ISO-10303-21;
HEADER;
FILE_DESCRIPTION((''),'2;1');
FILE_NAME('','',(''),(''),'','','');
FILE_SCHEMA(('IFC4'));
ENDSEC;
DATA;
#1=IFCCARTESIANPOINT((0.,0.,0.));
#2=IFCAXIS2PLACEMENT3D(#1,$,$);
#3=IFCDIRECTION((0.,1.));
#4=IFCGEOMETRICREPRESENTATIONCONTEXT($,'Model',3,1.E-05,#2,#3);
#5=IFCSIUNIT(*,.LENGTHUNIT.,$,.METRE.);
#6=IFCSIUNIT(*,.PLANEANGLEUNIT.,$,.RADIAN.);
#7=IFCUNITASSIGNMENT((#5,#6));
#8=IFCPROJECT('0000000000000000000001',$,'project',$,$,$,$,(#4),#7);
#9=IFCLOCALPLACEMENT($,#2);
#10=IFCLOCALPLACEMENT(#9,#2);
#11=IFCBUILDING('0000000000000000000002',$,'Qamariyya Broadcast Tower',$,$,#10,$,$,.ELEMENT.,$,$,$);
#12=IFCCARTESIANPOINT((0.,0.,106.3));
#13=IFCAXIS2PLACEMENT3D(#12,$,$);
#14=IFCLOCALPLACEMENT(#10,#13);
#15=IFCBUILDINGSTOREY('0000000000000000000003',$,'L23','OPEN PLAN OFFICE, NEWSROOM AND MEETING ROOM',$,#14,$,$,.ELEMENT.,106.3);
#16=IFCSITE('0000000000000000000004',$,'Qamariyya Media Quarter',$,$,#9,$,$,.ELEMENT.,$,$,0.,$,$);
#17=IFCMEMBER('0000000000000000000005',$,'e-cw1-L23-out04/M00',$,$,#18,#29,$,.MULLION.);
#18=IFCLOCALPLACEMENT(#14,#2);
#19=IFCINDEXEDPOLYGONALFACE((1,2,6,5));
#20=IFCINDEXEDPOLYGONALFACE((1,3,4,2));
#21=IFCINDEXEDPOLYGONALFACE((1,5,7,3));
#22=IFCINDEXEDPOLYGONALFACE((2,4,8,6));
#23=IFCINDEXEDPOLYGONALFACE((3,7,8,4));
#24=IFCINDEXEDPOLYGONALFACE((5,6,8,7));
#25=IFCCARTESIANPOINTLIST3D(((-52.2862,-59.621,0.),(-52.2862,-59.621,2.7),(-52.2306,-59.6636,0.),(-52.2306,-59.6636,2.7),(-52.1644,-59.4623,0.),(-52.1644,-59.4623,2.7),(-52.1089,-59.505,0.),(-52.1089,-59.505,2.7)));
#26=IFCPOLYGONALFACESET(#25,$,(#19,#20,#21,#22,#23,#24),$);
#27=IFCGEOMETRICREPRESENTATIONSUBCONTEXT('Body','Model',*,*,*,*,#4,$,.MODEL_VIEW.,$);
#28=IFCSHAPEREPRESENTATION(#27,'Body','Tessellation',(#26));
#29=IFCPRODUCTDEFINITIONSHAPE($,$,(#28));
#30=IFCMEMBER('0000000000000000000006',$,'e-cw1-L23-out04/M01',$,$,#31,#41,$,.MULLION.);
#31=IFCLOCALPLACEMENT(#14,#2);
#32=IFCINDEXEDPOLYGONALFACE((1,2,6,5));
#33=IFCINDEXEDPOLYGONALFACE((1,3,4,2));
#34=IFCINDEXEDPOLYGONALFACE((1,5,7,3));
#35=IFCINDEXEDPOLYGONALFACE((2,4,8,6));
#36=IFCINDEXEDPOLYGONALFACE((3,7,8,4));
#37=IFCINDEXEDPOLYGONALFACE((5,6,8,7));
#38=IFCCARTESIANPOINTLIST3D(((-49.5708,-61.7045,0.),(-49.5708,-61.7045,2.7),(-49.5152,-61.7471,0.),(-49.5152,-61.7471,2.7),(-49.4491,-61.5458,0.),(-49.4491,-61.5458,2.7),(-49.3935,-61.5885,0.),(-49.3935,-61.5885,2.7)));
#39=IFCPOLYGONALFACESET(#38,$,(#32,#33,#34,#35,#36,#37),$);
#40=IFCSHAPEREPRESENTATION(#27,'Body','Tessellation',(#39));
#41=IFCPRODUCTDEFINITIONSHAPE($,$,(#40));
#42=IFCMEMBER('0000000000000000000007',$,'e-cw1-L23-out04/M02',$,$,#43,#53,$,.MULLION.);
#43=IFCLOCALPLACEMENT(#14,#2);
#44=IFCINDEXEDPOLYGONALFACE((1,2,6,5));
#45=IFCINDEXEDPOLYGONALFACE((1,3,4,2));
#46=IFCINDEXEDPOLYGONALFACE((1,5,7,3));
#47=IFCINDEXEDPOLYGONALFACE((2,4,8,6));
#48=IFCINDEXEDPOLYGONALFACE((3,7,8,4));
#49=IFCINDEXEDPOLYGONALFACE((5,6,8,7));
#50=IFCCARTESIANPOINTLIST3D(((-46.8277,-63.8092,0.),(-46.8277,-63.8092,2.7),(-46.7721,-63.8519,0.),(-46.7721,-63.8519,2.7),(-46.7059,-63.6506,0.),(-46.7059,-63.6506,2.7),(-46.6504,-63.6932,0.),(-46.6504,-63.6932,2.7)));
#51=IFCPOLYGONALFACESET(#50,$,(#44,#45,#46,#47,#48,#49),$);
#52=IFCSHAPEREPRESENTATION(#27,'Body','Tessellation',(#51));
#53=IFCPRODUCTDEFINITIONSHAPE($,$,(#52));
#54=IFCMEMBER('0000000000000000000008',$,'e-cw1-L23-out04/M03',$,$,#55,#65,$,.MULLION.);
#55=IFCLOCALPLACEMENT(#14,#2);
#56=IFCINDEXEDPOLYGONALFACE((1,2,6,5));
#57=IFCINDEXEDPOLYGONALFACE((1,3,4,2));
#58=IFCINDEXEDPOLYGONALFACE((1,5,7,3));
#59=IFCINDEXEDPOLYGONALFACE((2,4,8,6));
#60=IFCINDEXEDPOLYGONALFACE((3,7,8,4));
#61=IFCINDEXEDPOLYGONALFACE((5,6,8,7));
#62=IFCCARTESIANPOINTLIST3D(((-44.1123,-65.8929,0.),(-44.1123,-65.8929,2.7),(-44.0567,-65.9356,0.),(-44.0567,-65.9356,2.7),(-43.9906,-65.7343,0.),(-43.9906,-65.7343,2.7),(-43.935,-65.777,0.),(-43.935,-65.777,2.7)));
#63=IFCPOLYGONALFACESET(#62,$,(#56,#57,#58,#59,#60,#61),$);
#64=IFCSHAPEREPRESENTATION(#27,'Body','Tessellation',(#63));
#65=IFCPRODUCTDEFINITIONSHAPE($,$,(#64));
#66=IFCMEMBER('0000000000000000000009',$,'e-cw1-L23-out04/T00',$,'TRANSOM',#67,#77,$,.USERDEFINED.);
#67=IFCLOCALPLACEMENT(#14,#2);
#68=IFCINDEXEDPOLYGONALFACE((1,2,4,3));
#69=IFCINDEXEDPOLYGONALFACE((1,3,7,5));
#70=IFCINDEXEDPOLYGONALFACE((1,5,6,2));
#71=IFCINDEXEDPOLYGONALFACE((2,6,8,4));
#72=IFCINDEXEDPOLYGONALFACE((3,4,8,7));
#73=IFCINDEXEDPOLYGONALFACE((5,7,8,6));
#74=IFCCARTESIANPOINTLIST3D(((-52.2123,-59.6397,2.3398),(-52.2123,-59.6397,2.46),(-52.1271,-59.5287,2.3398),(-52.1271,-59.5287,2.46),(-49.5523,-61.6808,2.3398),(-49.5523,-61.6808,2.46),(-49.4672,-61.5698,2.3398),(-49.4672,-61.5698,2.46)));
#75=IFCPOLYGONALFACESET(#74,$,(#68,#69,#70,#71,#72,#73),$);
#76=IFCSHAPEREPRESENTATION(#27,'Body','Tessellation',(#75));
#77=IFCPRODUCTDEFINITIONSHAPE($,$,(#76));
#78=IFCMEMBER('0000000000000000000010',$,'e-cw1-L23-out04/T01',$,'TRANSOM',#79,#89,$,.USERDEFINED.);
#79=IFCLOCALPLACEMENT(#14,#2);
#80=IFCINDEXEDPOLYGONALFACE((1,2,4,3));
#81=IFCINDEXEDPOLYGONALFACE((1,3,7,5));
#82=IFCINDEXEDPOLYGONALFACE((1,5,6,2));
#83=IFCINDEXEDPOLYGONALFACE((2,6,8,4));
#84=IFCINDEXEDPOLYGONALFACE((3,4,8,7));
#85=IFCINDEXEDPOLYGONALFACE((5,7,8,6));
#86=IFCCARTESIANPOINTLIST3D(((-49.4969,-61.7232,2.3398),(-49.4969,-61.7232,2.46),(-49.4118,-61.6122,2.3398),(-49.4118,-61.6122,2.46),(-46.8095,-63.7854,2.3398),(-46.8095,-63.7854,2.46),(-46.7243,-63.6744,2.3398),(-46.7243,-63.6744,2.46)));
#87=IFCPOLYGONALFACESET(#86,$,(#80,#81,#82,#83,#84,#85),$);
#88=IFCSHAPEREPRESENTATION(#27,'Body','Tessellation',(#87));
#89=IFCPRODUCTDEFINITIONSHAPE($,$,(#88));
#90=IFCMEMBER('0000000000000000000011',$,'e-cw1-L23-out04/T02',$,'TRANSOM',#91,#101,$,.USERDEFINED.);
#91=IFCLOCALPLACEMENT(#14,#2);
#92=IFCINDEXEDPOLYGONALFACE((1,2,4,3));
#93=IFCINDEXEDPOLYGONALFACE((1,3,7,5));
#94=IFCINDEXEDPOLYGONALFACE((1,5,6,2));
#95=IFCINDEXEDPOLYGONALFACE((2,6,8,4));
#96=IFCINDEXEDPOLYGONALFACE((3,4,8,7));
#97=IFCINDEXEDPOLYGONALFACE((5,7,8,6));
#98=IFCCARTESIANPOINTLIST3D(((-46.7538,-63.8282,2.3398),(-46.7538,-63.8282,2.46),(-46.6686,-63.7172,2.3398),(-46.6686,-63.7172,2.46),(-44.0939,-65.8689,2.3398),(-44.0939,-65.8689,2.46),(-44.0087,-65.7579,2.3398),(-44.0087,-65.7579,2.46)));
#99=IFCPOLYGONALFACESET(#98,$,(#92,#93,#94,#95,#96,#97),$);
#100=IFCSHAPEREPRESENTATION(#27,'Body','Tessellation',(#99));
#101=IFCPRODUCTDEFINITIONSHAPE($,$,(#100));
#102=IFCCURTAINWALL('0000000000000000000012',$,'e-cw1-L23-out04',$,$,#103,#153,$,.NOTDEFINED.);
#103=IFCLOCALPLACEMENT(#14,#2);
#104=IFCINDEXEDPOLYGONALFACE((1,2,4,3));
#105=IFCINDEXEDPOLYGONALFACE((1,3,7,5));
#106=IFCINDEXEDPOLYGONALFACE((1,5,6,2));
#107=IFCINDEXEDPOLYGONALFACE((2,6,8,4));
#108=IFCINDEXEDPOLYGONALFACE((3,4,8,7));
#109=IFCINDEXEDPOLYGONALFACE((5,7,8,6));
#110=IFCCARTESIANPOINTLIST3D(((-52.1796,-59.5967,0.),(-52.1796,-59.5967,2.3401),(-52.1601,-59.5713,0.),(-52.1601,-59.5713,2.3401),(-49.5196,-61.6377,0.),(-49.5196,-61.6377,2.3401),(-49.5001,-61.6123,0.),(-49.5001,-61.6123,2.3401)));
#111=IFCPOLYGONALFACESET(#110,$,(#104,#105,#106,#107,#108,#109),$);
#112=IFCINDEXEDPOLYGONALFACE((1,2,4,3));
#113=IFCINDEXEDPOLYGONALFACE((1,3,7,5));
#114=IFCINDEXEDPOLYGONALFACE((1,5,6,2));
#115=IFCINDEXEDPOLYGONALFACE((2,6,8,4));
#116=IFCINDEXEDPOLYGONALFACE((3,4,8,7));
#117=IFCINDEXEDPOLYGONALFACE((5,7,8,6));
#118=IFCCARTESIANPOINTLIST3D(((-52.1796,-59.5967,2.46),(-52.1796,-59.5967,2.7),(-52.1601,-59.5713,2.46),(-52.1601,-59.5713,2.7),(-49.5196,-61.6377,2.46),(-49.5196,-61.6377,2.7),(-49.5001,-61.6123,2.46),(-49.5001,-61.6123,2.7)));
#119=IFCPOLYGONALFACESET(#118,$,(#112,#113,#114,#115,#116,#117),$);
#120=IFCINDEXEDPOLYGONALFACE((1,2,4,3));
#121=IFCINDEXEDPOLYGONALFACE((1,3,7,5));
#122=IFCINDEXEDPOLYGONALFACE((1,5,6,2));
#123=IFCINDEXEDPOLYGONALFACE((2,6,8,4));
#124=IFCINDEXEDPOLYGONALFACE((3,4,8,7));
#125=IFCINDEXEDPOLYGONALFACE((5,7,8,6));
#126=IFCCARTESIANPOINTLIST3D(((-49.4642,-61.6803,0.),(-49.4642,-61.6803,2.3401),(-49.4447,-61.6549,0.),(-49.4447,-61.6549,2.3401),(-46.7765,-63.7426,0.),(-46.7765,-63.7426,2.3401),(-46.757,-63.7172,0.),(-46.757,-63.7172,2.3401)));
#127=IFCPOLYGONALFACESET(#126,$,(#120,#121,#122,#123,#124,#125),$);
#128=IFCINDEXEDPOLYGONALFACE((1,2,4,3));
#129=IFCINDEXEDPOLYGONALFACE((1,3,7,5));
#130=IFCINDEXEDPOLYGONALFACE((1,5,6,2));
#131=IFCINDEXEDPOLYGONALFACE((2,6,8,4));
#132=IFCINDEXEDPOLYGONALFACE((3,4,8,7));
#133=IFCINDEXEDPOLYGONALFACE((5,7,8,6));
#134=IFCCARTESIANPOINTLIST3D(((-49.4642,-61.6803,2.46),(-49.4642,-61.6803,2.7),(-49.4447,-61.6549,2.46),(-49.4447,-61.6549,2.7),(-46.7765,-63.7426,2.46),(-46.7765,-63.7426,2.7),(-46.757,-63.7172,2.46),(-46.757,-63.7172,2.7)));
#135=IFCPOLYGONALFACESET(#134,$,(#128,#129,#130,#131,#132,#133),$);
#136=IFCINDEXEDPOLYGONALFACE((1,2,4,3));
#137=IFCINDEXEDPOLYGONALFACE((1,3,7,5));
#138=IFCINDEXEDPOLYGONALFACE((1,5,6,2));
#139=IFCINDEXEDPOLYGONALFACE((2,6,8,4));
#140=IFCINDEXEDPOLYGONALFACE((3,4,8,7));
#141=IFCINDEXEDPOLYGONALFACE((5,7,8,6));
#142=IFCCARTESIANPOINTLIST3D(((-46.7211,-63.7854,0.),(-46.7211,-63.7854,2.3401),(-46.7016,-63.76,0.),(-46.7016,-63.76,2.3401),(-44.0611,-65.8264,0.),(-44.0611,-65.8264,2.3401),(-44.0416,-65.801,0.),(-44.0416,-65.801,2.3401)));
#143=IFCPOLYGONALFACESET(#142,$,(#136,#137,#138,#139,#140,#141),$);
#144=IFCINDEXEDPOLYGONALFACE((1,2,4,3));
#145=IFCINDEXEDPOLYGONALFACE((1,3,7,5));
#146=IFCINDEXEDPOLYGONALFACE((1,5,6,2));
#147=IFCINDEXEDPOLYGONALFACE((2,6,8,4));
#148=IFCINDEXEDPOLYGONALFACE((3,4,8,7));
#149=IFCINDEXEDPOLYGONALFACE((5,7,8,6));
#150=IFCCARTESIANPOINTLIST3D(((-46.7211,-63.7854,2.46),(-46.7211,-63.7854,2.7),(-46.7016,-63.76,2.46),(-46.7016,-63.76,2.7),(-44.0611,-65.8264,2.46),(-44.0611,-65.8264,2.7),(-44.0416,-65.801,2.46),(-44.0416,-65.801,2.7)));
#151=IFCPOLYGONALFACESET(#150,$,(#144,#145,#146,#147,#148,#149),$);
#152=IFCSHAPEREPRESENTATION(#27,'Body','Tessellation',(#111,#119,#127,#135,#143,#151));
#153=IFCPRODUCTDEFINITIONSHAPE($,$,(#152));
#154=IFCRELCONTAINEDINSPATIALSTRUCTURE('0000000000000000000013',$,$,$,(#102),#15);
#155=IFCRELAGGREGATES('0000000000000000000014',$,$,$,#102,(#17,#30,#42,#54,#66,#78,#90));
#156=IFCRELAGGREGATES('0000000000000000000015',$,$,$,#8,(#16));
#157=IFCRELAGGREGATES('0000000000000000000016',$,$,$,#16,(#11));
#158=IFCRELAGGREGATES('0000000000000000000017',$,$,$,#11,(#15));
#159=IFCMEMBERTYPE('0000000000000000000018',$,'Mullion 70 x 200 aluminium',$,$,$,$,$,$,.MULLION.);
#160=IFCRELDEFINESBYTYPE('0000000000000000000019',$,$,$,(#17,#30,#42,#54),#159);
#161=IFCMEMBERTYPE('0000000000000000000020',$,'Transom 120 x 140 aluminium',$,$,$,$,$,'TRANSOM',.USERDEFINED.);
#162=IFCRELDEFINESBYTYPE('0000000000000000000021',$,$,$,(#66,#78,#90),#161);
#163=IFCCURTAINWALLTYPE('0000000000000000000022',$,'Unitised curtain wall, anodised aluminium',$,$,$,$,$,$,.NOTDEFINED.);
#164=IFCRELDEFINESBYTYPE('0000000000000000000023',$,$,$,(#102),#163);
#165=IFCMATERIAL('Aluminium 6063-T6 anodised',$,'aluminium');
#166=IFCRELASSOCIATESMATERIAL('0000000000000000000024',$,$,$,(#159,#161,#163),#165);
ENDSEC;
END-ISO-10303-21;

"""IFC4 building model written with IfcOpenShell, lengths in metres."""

from ifc_helpers import new_model, si_unit, direction, frame, origin, origin_2d, place, context, subcontext, project, spatial, rectangle, extrude, material, material_profile, profile_set, type_object, element, aggregate, save


model = new_model("IFC4")

# Units and contexts
model_context = context("Model", 3, precision=1e-05, world=origin(), true_north=direction((0.0, 1.0)))
body_context = subcontext(model_context, "Body", "Model", "MODEL_VIEW")
ifc_project = project(units=[si_unit("LENGTHUNIT", "METRE"), si_unit("PLANEANGLEUNIT", "RADIAN")], contexts=[model_context])

# Members
ifc_material = material(Name="Aluminium 6063-T6 anodised", Category="aluminium")
ifc_material_profile_1 = material_profile(ifc_material, rectangle(XDim=0.2, YDim=0.0701, at=origin_2d()))
ifc_profile_set_1 = profile_set([ifc_material_profile_1], Name="Aluminium 6063-T6 anodised")
member_type_1 = type_object("IfcMemberType", Name="Mullion 70 x 200 aluminium", PredefinedType="MULLION", material=ifc_profile_set_1)
site_placement = place(None, origin())
building_placement = place(site_placement, origin())
storey_placement = place(building_placement, frame((0.0, 0.0, 106.3)))
member_1_placement = place(storey_placement, frame((-52.1975, -59.563, 0.0), z_axis=(0.0, 0.0, 1.0), x_axis=(0.608761, 0.793353, 0.0)))
member_1 = element("IfcMember", 1, at=member_1_placement, type_object=member_type_1, Name="e-cw1-L23-out04/M00", PredefinedType="MULLION", context=body_context, shape_type="SweptSolid", body=[
    extrude(rectangle(XDim=0.2, YDim=0.0701, at=origin_2d()), origin(), (0.0, 0.0, 1.0), 2.7),
])
member_2_placement = place(storey_placement, frame((-49.4822, -61.6465, 0.0), z_axis=(0.0, 0.0, 1.0), x_axis=(0.608761, 0.793353, 0.0)))
member_2 = element("IfcMember", 2, at=member_2_placement, type_object=member_type_1, Name="e-cw1-L23-out04/M01", PredefinedType="MULLION", context=body_context, shape_type="SweptSolid", body=[
    extrude(rectangle(XDim=0.2, YDim=0.0701, at=origin_2d()), origin(), (0.0, 0.0, 1.0), 2.7),
])
member_3_placement = place(storey_placement, frame((-46.739, -63.7512, 0.0), z_axis=(0.0, 0.0, 1.0), x_axis=(0.608761, 0.793353, 0.0)))
member_3 = element("IfcMember", 3, at=member_3_placement, type_object=member_type_1, Name="e-cw1-L23-out04/M02", PredefinedType="MULLION", context=body_context, shape_type="SweptSolid", body=[
    extrude(rectangle(XDim=0.2, YDim=0.0701, at=origin_2d()), origin(), (0.0, 0.0, 1.0), 2.7),
])
member_4_placement = place(storey_placement, frame((-44.0237, -65.835, 0.0), z_axis=(0.0, 0.0, 1.0), x_axis=(0.608761, 0.793353, 0.0)))
member_4 = element("IfcMember", 4, at=member_4_placement, type_object=member_type_1, Name="e-cw1-L23-out04/M03", PredefinedType="MULLION", context=body_context, shape_type="SweptSolid", body=[
    extrude(rectangle(XDim=0.2, YDim=0.0701, at=origin_2d()), origin(), (0.0, 0.0, 1.0), 2.7),
])
ifc_material_profile_2 = material_profile(ifc_material, rectangle(XDim=0.1399, YDim=0.1201, at=origin_2d()))
ifc_profile_set_2 = profile_set([ifc_material_profile_2], Name="Aluminium 6063-T6 anodised")
member_type_2 = type_object("IfcMemberType", Name="Transom 120 x 140 aluminium", ElementType="TRANSOM", PredefinedType="USERDEFINED", material=ifc_profile_set_2)
member_5_placement = place(storey_placement, frame((-52.1697, -59.5842, 2.3999), z_axis=(0.793354, -0.60876, 0.0), x_axis=(0.60876, 0.793354, 0.0)))
member_5 = element("IfcMember", 5, at=member_5_placement, type_object=member_type_2, Name="e-cw1-L23-out04/T00", ObjectType="TRANSOM", PredefinedType="USERDEFINED", context=body_context, shape_type="SweptSolid", body=[
    extrude(rectangle(XDim=0.1399, YDim=0.1201, at=origin_2d()), origin(), (0.0, 0.0, 1.0), 3.3528),
])
member_6_placement = place(storey_placement, frame((-49.4543, -61.6677, 2.3999), z_axis=(0.793344, -0.608773, 0.0), x_axis=(0.608773, 0.793344, 0.0)))
member_6 = element("IfcMember", 6, at=member_6_placement, type_object=member_type_2, Name="e-cw1-L23-out04/T01", ObjectType="TRANSOM", PredefinedType="USERDEFINED", context=body_context, shape_type="SweptSolid", body=[
    extrude(rectangle(XDim=0.1399, YDim=0.1201, at=origin_2d()), origin(), (0.0, 0.0, 1.0), 3.3875),
])
member_7_placement = place(storey_placement, frame((-46.7112, -63.7727, 2.3999), z_axis=(0.793389, -0.608714, 0.0), x_axis=(0.608714, 0.793389, 0.0)))
member_7 = element("IfcMember", 7, at=member_7_placement, type_object=member_type_2, Name="e-cw1-L23-out04/T02", ObjectType="TRANSOM", PredefinedType="USERDEFINED", context=body_context, shape_type="SweptSolid", body=[
    extrude(rectangle(XDim=0.1399, YDim=0.1201, at=origin_2d()), origin(), (0.0, 0.0, 1.0), 3.3525),
])

# Site, building, storey
site = spatial("IfcSite", under=ifc_project, at=site_placement, Name="Qamariyya Media Quarter", CompositionType="ELEMENT", RefElevation=0.0)
building = spatial("IfcBuilding", under=site, at=building_placement, Name="Qamariyya Broadcast Tower", CompositionType="ELEMENT")
storey = spatial("IfcBuildingStorey", under=building, at=storey_placement, Name="L23", Description="OPEN PLAN OFFICE, NEWSROOM AND MEETING ROOM", CompositionType="ELEMENT", Elevation=106.3)

# Curtain wall
curtain_wall_type = type_object("IfcCurtainWallType", Name="Unitised curtain wall, anodised aluminium", PredefinedType="NOTDEFINED", material=ifc_material)
curtain_wall_1_placement = place(storey_placement, origin())
curtain_wall_1 = element("IfcCurtainWall", 8, at=curtain_wall_1_placement, inside=storey, type_object=curtain_wall_type, Name="e-cw1-L23-out04", PredefinedType="NOTDEFINED", context=body_context, shape_type="SweptSolid", body=[
    extrude(rectangle(XDim=3.3528, YDim=0.032, at=origin_2d()), frame((-50.8398, -60.6045, 0.0), x_axis=(0.793354, -0.608761, 0.0)), (0.0, 0.0, 1.0), 2.3401),
    extrude(rectangle(XDim=3.3528, YDim=0.032, at=origin_2d()), frame((-50.8398, -60.6045, 2.46), x_axis=(0.793354, -0.608761, 0.0)), (0.0, 0.0, 1.0), 0.24),
    extrude(rectangle(XDim=3.3877, YDim=0.032, at=origin_2d()), frame((-48.1106, -62.6987, 0.0), x_axis=(0.793354, -0.608761, 0.0)), (0.0, 0.0, 1.0), 2.3401),
    extrude(rectangle(XDim=3.3877, YDim=0.032, at=origin_2d()), frame((-48.1106, -62.6987, 2.46), x_axis=(0.793354, -0.608761, 0.0)), (0.0, 0.0, 1.0), 0.24),
    extrude(rectangle(XDim=3.3528, YDim=0.032, at=origin_2d()), frame((-45.3813, -64.7932, 0.0), x_axis=(0.793354, -0.608761, 0.0)), (0.0, 0.0, 1.0), 2.3401),
    extrude(rectangle(XDim=3.3528, YDim=0.032, at=origin_2d()), frame((-45.3813, -64.7932, 2.46), x_axis=(0.793354, -0.608761, 0.0)), (0.0, 0.0, 1.0), 0.24),
])
aggregate(curtain_wall_1, [member_1, member_2, member_3, member_4, member_5, member_6, member_7])

save(model, "model.ifc")
